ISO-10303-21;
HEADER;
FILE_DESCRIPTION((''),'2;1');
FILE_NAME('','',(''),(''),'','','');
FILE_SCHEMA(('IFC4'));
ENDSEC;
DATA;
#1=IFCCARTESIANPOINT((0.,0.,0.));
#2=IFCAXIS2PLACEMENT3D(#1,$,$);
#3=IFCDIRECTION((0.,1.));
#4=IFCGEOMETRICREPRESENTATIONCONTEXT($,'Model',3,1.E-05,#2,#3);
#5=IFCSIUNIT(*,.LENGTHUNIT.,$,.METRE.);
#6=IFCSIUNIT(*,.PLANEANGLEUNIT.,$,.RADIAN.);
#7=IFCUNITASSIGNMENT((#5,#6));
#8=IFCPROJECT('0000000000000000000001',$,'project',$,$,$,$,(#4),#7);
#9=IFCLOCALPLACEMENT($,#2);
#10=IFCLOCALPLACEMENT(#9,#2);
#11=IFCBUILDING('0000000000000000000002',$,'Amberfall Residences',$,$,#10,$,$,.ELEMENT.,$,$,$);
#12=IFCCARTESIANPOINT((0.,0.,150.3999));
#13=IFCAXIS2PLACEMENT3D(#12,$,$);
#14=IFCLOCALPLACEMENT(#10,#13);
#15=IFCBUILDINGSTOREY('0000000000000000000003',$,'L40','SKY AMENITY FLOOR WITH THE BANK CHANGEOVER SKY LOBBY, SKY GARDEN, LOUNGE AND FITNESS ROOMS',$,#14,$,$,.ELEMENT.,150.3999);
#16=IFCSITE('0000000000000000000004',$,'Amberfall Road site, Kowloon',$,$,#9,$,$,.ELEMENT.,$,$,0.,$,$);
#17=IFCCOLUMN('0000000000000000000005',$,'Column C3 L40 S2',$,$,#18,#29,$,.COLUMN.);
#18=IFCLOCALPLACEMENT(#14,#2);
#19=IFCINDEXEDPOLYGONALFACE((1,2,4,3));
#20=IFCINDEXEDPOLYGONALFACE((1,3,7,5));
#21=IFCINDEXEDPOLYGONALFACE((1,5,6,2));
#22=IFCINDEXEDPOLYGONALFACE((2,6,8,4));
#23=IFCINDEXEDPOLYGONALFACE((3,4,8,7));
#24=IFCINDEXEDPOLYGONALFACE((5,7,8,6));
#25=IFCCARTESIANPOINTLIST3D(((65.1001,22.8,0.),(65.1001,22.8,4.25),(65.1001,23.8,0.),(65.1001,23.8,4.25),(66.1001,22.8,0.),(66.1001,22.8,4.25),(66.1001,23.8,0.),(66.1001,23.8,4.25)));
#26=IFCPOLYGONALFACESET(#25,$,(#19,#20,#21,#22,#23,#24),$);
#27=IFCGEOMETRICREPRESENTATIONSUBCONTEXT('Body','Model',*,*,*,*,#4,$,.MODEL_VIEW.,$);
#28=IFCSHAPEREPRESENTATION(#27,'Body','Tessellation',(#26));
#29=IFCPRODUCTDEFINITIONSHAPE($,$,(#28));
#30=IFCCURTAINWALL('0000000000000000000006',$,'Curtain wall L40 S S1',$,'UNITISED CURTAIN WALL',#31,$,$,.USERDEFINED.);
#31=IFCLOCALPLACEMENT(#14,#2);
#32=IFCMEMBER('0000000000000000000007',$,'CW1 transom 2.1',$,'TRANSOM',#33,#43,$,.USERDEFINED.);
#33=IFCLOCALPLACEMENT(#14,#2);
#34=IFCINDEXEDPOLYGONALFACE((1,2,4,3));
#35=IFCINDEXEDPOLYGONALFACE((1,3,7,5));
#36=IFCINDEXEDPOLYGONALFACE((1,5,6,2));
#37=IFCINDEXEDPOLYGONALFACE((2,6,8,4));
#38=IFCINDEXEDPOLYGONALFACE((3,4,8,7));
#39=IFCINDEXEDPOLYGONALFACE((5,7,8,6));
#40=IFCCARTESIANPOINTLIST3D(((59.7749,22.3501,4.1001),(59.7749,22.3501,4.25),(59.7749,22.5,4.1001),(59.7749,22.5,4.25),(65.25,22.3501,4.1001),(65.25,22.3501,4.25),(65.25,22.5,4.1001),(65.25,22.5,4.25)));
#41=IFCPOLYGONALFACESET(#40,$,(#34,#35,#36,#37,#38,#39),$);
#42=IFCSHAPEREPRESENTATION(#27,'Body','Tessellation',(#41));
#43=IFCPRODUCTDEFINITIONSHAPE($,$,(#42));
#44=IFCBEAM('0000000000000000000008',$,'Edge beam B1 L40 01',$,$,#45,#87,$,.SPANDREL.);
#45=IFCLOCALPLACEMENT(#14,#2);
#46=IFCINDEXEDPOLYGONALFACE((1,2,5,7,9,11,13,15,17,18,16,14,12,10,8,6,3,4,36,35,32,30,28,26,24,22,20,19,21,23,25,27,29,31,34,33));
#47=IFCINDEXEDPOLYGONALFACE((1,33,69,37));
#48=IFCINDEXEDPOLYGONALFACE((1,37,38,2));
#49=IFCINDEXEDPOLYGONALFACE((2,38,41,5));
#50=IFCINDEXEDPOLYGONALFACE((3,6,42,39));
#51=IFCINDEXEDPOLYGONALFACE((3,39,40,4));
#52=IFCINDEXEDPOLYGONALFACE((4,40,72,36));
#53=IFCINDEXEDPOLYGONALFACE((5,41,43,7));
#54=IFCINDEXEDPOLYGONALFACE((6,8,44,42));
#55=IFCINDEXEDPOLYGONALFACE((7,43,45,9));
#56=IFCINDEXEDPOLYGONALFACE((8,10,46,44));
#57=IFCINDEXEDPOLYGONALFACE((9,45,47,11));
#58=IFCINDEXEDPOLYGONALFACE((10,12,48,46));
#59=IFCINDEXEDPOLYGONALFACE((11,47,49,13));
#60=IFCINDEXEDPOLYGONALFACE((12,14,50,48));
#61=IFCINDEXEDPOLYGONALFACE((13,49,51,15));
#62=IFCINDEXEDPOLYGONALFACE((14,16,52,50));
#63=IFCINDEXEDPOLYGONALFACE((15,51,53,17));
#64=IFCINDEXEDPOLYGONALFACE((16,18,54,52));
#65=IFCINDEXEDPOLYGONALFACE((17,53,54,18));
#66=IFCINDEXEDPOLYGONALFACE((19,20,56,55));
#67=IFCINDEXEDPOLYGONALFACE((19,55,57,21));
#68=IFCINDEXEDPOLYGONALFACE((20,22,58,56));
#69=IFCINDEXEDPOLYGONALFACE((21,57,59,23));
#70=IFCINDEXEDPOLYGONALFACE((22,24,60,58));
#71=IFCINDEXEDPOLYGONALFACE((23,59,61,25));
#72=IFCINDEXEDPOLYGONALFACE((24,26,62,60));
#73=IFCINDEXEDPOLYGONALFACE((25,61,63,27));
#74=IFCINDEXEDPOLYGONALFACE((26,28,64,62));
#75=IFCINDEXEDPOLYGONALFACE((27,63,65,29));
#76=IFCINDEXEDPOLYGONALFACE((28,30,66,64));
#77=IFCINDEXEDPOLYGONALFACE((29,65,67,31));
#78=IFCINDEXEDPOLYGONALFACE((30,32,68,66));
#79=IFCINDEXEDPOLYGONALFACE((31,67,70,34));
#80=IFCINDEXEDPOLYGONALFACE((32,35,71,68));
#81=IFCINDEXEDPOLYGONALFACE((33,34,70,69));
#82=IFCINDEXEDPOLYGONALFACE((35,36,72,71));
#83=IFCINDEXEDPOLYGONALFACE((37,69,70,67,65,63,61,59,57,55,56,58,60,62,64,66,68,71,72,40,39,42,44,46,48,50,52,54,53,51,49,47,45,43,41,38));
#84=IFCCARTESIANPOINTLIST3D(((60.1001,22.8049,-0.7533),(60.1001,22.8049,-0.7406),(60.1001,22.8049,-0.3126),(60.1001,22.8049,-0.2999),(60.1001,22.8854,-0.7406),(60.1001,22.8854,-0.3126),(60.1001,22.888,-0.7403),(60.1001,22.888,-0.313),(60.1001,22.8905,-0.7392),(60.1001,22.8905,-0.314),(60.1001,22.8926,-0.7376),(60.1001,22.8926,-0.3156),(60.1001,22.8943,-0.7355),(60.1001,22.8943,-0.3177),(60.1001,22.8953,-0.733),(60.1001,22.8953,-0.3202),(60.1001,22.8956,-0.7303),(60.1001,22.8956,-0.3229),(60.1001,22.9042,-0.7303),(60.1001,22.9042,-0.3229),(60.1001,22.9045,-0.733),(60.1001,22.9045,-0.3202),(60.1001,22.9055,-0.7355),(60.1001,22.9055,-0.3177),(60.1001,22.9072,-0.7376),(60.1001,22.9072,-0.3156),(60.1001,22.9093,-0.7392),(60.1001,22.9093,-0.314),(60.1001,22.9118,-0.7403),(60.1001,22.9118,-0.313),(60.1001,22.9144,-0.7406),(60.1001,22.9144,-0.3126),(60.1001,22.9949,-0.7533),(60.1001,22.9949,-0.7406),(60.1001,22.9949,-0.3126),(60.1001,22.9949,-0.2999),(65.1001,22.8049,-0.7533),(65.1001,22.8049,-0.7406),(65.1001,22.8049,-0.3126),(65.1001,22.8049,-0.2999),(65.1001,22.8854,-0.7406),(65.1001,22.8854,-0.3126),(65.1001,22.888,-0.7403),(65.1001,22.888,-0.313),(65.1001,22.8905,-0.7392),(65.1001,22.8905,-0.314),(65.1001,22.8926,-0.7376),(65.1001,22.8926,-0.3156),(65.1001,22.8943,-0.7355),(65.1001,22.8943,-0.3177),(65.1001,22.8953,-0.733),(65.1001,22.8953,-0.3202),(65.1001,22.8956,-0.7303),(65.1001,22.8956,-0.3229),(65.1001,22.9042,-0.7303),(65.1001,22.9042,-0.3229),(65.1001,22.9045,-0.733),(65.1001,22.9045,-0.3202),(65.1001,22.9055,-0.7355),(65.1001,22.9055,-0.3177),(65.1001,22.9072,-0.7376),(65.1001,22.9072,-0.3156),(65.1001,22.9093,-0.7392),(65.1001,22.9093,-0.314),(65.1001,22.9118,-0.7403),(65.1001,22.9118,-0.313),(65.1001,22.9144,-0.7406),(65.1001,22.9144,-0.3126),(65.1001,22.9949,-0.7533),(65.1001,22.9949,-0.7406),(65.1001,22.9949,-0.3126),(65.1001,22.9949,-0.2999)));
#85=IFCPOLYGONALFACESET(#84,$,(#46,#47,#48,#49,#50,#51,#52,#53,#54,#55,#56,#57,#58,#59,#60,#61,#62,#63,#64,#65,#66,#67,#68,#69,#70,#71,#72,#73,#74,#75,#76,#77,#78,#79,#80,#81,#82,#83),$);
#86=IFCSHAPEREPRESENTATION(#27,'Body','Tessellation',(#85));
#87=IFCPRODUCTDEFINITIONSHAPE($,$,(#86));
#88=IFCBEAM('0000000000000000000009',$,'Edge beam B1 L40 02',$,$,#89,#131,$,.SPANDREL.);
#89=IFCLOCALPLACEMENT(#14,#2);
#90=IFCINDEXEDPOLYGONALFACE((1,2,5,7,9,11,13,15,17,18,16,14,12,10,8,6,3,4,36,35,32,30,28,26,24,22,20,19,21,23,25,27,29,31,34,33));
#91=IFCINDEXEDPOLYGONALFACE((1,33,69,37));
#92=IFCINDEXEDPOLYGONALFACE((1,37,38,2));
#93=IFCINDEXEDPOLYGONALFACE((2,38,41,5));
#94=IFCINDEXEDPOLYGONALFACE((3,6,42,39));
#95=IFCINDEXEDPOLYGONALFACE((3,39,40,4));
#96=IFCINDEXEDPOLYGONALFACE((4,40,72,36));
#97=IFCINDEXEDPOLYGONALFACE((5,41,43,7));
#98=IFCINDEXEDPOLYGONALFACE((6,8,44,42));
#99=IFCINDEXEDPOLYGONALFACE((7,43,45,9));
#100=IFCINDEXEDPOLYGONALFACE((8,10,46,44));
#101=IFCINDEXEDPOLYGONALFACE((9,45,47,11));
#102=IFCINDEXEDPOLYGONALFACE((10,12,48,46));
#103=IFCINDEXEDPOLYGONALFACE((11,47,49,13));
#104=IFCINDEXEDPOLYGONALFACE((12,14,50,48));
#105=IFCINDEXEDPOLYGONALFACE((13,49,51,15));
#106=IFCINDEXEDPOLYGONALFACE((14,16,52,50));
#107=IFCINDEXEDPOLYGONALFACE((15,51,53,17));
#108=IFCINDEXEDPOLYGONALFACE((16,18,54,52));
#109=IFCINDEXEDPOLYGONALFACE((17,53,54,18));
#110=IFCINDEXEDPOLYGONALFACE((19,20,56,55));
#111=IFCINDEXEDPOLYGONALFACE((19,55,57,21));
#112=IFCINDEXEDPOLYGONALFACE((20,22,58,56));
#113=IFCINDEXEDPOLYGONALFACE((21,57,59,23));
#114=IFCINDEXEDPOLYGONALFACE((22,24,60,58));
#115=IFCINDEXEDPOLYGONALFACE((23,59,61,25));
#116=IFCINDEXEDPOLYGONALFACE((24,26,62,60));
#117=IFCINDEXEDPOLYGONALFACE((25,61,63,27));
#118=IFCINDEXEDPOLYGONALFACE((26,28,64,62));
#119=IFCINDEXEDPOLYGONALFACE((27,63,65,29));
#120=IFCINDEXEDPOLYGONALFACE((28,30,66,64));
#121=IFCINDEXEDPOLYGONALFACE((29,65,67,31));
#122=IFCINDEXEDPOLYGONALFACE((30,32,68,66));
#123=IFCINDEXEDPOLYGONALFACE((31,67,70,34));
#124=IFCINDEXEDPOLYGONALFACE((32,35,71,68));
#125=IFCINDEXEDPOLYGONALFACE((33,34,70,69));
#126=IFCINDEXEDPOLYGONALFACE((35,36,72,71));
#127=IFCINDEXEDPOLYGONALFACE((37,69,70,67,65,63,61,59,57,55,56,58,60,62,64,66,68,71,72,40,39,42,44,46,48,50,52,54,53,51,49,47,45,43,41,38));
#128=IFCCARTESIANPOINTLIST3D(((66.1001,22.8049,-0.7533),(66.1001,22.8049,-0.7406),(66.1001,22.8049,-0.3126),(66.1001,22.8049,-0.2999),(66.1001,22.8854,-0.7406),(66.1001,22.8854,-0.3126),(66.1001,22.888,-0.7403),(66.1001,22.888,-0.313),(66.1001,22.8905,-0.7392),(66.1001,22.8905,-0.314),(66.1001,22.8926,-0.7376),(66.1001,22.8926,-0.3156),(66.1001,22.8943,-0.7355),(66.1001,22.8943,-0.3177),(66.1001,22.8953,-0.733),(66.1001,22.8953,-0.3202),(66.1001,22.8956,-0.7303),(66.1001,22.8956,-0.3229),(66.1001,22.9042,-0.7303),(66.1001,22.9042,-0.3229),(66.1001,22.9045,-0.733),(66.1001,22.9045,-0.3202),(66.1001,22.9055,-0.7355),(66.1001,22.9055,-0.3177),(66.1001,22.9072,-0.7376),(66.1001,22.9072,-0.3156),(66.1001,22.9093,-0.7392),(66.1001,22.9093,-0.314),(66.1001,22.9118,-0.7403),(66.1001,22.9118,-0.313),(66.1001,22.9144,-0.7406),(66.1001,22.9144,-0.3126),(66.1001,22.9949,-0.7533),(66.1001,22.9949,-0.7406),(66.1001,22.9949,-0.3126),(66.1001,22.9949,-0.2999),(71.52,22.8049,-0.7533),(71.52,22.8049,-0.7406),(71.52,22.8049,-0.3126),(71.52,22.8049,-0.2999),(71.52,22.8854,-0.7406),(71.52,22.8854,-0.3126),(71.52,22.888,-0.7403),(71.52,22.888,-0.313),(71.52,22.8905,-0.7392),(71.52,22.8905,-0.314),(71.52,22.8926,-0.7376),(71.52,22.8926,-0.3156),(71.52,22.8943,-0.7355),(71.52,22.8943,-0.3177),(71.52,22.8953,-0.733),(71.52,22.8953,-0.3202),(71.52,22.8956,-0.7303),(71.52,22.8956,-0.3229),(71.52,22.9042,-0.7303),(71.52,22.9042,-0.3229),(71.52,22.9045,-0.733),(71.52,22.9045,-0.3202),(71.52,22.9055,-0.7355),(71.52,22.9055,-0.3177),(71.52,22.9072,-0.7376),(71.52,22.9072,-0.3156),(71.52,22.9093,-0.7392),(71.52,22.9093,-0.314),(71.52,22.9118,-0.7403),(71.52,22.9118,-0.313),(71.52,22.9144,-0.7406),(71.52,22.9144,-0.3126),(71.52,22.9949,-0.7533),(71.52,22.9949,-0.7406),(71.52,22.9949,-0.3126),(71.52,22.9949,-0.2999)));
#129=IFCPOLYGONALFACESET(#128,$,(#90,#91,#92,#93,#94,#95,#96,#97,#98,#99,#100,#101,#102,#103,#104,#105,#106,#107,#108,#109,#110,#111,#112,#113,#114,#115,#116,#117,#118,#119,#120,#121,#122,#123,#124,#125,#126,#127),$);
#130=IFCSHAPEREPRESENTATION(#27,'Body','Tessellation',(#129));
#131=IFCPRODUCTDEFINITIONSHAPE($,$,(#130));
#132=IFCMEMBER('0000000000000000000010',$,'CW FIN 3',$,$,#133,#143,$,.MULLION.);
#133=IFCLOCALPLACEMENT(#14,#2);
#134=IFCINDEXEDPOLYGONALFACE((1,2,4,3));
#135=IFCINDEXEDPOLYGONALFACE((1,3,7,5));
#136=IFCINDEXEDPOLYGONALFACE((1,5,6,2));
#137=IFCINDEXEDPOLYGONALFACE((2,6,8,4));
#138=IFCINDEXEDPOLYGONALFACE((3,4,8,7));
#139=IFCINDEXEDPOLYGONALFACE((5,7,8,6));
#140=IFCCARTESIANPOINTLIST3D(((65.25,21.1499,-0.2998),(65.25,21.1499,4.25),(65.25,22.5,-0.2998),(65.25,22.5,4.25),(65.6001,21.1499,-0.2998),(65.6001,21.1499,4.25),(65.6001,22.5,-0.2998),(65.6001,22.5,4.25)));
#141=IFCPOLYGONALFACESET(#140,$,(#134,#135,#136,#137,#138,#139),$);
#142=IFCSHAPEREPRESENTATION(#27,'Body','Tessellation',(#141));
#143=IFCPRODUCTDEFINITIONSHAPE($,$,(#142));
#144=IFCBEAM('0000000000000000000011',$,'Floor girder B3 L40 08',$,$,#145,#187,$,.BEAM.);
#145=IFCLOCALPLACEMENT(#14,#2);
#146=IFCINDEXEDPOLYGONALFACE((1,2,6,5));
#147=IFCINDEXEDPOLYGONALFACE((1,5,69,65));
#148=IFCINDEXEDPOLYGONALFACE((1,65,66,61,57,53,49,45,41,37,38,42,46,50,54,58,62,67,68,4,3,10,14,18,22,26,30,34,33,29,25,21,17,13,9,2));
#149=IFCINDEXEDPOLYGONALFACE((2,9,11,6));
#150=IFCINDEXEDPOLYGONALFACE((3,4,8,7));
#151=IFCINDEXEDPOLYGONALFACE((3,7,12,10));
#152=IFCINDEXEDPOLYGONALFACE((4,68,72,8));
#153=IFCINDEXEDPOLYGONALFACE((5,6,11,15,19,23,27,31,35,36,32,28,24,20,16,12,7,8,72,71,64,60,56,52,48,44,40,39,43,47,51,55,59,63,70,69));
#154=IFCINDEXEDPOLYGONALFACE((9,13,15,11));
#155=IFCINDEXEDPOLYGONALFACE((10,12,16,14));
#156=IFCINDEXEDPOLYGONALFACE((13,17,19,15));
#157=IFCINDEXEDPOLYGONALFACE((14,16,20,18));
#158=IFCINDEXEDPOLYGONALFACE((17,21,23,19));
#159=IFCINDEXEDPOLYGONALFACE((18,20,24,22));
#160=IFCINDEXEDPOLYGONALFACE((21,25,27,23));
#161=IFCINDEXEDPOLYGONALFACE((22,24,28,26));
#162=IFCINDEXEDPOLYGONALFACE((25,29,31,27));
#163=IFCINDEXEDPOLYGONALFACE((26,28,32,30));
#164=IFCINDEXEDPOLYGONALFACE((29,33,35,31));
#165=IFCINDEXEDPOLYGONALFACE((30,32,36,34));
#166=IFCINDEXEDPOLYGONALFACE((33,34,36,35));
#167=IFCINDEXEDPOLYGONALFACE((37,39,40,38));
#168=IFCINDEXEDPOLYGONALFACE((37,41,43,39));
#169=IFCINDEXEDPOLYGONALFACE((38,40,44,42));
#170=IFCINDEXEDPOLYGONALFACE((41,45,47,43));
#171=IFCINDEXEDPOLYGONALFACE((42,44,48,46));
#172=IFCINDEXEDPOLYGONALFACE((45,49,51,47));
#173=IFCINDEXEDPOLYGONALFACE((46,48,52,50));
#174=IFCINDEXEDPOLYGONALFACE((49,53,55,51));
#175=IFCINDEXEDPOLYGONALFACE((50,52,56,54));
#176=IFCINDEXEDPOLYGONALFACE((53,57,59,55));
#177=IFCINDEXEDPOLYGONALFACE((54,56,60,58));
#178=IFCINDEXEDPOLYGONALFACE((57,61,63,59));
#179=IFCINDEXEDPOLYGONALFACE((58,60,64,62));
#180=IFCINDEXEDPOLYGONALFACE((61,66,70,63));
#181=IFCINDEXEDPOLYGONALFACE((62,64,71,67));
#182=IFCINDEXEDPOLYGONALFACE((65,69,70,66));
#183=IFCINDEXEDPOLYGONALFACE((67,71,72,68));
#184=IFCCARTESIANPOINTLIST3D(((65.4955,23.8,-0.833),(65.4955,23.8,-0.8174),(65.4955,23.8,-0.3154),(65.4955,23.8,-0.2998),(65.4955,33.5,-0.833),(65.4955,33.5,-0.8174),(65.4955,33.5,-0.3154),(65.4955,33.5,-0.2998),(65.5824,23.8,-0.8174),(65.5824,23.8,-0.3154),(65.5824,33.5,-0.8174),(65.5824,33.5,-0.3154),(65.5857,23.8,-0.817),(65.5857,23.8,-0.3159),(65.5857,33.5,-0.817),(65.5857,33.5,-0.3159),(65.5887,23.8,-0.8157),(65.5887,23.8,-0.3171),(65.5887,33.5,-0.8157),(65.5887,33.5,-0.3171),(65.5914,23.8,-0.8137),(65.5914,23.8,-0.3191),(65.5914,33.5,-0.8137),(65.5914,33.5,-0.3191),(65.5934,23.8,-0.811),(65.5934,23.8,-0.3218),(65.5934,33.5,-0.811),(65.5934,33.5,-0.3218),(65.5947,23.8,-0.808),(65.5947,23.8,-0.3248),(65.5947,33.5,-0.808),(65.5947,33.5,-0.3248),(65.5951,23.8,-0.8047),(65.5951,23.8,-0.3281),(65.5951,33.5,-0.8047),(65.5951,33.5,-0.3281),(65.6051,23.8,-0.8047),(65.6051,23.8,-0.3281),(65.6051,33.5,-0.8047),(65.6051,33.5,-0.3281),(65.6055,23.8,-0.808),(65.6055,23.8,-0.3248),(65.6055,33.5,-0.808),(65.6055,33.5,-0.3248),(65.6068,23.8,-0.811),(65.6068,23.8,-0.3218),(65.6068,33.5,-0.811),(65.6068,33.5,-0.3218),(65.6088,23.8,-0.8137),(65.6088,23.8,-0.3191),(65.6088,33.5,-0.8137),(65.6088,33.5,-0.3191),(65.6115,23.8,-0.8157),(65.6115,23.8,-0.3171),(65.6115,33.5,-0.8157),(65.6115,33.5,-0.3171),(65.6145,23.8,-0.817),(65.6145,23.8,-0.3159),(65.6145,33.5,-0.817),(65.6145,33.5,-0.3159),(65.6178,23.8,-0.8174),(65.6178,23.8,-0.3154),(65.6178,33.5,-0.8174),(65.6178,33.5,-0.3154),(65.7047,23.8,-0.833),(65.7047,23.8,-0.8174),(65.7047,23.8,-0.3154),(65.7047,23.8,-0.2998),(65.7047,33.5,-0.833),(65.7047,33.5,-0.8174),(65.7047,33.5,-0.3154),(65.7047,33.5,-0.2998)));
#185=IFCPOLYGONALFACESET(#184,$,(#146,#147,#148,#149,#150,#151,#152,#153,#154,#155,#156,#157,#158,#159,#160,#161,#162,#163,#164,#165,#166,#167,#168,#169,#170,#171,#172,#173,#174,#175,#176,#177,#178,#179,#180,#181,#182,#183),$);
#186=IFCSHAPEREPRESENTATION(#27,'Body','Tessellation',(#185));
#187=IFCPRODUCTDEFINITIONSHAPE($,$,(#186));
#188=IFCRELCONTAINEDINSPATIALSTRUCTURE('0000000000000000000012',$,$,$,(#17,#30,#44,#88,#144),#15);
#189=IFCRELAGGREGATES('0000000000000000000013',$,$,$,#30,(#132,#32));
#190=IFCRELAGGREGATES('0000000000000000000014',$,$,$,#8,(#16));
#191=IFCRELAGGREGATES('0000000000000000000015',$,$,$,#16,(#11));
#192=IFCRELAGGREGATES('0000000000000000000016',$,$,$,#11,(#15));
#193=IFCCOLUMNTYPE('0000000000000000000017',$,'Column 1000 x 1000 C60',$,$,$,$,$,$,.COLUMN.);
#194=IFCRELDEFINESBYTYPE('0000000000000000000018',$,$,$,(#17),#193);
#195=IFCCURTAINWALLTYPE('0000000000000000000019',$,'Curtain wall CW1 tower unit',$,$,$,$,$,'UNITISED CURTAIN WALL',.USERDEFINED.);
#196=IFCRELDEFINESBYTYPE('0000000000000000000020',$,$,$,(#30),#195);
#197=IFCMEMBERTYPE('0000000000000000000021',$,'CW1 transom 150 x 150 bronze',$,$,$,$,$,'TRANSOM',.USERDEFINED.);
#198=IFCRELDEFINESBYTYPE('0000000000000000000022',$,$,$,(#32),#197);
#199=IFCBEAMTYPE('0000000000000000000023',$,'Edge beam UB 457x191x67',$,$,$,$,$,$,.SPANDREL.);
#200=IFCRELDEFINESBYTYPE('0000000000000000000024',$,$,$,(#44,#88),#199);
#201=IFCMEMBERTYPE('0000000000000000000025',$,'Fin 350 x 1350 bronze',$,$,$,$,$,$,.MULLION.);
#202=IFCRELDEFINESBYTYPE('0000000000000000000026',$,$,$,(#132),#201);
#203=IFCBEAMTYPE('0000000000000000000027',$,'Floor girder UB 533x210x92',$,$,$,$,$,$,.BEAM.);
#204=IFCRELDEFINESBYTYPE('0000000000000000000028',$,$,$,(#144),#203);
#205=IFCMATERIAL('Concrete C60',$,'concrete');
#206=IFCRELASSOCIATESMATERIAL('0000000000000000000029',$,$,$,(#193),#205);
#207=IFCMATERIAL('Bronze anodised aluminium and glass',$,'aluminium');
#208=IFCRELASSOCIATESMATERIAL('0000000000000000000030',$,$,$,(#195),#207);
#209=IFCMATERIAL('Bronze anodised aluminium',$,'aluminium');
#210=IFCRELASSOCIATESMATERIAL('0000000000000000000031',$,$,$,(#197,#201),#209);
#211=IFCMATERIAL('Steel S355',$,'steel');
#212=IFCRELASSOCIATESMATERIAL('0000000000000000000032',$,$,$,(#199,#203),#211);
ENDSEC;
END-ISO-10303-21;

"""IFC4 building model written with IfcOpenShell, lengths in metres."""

from ifc_helpers import new_model, si_unit, direction, frame, origin, origin_2d, place, context, subcontext, project, spatial, rectangle, i_section, extrude, material, material_profile, profile_set, type_object, element, aggregate, save


model = new_model("IFC4")

# Units and contexts
model_context = context("Model", 3, precision=1e-05, world=origin(), true_north=direction((0.0, 1.0)))
body_context = subcontext(model_context, "Body", "Model", "MODEL_VIEW")
ifc_project = project(units=[si_unit("LENGTHUNIT", "METRE"), si_unit("PLANEANGLEUNIT", "RADIAN")], contexts=[model_context])

# Site, building, storey
site_placement = place(None, origin())
site = spatial("IfcSite", under=ifc_project, at=site_placement, Name="Amberfall Road site, Kowloon", CompositionType="ELEMENT", RefElevation=0.0)
building_placement = place(site_placement, origin())
building = spatial("IfcBuilding", under=site, at=building_placement, Name="Amberfall Residences", CompositionType="ELEMENT")
storey_placement = place(building_placement, frame((0.0, 0.0, 150.3999)))
storey = spatial("IfcBuildingStorey", under=building, at=storey_placement, Name="L40", Description="SKY AMENITY FLOOR WITH THE BANK CHANGEOVER SKY LOBBY, SKY GARDEN, LOUNGE AND FITNESS ROOMS", CompositionType="ELEMENT", Elevation=150.3999)

# Column
ifc_material_1 = material(Name="Concrete C60", Category="concrete")
ifc_material_profile_1 = material_profile(ifc_material_1, rectangle(XDim=1.0, YDim=1.0, at=origin_2d()), Name="Column 1000 x 1000 C60")
ifc_profile_set_1 = profile_set([ifc_material_profile_1], Name="Concrete C60")
column_type = type_object("IfcColumnType", Name="Column 1000 x 1000 C60", PredefinedType="COLUMN", material=ifc_profile_set_1)
column_placement = place(storey_placement, frame((65.6001, 23.3, 0.0), z_axis=(0.0, 0.0, 1.0), x_axis=(1.0, 0.0, 0.0)))
element("IfcColumn", 1, at=column_placement, inside=storey, type_object=column_type, Name="Column C3 L40 S2", PredefinedType="COLUMN", context=body_context, shape_type="SweptSolid", body=[
    extrude(rectangle(XDim=1.0, YDim=1.0, at=origin_2d()), origin(), (0.0, 0.0, 1.0), 4.25),
])

# Curtain wall, member
ifc_material_2 = material(Name="Bronze anodised aluminium and glass", Category="aluminium")
curtain_wall_type = type_object("IfcCurtainWallType", Name="Curtain wall CW1 tower unit", ElementType="UNITISED CURTAIN WALL", PredefinedType="USERDEFINED", material=ifc_material_2)
curtain_wall_placement = place(storey_placement, origin())
curtain_wall = element("IfcCurtainWall", 2, at=curtain_wall_placement, inside=storey, type_object=curtain_wall_type, Name="Curtain wall L40 S S1", ObjectType="UNITISED CURTAIN WALL", PredefinedType="USERDEFINED")
ifc_material_3 = material(Name="Bronze anodised aluminium", Category="aluminium")
ifc_material_profile_2 = material_profile(ifc_material_3, rectangle(XDim=0.1499, YDim=0.1499, at=origin_2d()), Name="CW1 transom 150 x 150 bronze")
ifc_profile_set_2 = profile_set([ifc_material_profile_2], Name="Bronze anodised aluminium")
member_type_1 = type_object("IfcMemberType", Name="CW1 transom 150 x 150 bronze", ElementType="TRANSOM", PredefinedType="USERDEFINED", material=ifc_profile_set_2)
member_1_placement = place(storey_placement, frame((59.7749, 22.425, 4.175), z_axis=(1.0, 0.0, 0.0), x_axis=(0.0, 1.0, 0.0)))
member_1 = element("IfcMember", 3, at=member_1_placement, type_object=member_type_1, Name="CW1 transom 2.1", ObjectType="TRANSOM", PredefinedType="USERDEFINED", context=body_context, shape_type="SweptSolid", body=[
    extrude(rectangle(XDim=0.1499, YDim=0.1499, at=origin_2d()), origin(), (0.0, 0.0, 1.0), 5.4751),
])

# Beams
ifc_material_4 = material(Name="Steel S355", Category="steel")
ifc_material_profile_3 = material_profile(ifc_material_4, i_section(OverallWidth=0.1899, OverallDepth=0.4534, WebThickness=0.0085, FlangeThickness=0.0127, FilletRadius=0.0103, at=origin_2d()), Name="UB 457x191x67")
ifc_profile_set_3 = profile_set([ifc_material_profile_3], Name="Steel S355")
beam_type_1 = type_object("IfcBeamType", Name="Edge beam UB 457x191x67", PredefinedType="SPANDREL", material=ifc_profile_set_3)
beam_1_placement = place(storey_placement, frame((60.1001, 22.8999, -0.5266), z_axis=(1.0, 0.0, 0.0), x_axis=(0.0, 1.0, 0.0)))
element("IfcBeam", 4, at=beam_1_placement, inside=storey, type_object=beam_type_1, Name="Edge beam B1 L40 01", PredefinedType="SPANDREL", context=body_context, shape_type="SweptSolid", body=[
    extrude(i_section(OverallWidth=0.1899, OverallDepth=0.4534, WebThickness=0.0085, FlangeThickness=0.0127, FilletRadius=0.0103, at=origin_2d()), origin(), (0.0, 0.0, 1.0), 5.0),
])
beam_2_placement = place(storey_placement, frame((66.1001, 22.8999, -0.5266), z_axis=(1.0, 0.0, 0.0), x_axis=(0.0, 1.0, 0.0)))
element("IfcBeam", 5, at=beam_2_placement, inside=storey, type_object=beam_type_1, Name="Edge beam B1 L40 02", PredefinedType="SPANDREL", context=body_context, shape_type="SweptSolid", body=[
    extrude(i_section(OverallWidth=0.1899, OverallDepth=0.4534, WebThickness=0.0085, FlangeThickness=0.0127, FilletRadius=0.0103, at=origin_2d()), origin(), (0.0, 0.0, 1.0), 5.4199),
])

# Member
ifc_material_profile_4 = material_profile(ifc_material_3, rectangle(XDim=1.3501, YDim=0.3501, at=origin_2d()), Name="Fin 350 x 1350 bronze")
ifc_profile_set_4 = profile_set([ifc_material_profile_4], Name="Bronze anodised aluminium")
member_type_2 = type_object("IfcMemberType", Name="Fin 350 x 1350 bronze", PredefinedType="MULLION", material=ifc_profile_set_4)
member_2_placement = place(storey_placement, frame((65.425, 21.825, -0.2998), z_axis=(0.0, 0.0, 1.0), x_axis=(0.0, 1.0, 0.0)))
member_2 = element("IfcMember", 6, at=member_2_placement, type_object=member_type_2, Name="CW FIN 3", PredefinedType="MULLION", context=body_context, shape_type="SweptSolid", body=[
    extrude(rectangle(XDim=1.3501, YDim=0.3501, at=origin_2d()), origin(), (0.0, 0.0, 1.0), 4.5498),
])

# Beam
ifc_material_profile_5 = material_profile(ifc_material_4, i_section(OverallWidth=0.2092, OverallDepth=0.5332, WebThickness=0.01, FlangeThickness=0.0156, FilletRadius=0.0127, at=origin_2d()), Name="UB 533x210x92")
ifc_profile_set_5 = profile_set([ifc_material_profile_5], Name="Steel S355")
beam_type_2 = type_object("IfcBeamType", Name="Floor girder UB 533x210x92", PredefinedType="BEAM", material=ifc_profile_set_5)
beam_3_placement = place(storey_placement, frame((65.6001, 23.8, -0.5664), z_axis=(0.0, 1.0, 0.0), x_axis=(-1.0, 0.0, 0.0)))
element("IfcBeam", 7, at=beam_3_placement, inside=storey, type_object=beam_type_2, Name="Floor girder B3 L40 08", PredefinedType="BEAM", context=body_context, shape_type="SweptSolid", body=[
    extrude(i_section(OverallWidth=0.2092, OverallDepth=0.5332, WebThickness=0.01, FlangeThickness=0.0156, FilletRadius=0.0127, at=origin_2d()), origin(), (0.0, 0.0, 1.0), 9.7),
])

aggregate(curtain_wall, [member_2, member_1])

save(model, "model.ifc")
